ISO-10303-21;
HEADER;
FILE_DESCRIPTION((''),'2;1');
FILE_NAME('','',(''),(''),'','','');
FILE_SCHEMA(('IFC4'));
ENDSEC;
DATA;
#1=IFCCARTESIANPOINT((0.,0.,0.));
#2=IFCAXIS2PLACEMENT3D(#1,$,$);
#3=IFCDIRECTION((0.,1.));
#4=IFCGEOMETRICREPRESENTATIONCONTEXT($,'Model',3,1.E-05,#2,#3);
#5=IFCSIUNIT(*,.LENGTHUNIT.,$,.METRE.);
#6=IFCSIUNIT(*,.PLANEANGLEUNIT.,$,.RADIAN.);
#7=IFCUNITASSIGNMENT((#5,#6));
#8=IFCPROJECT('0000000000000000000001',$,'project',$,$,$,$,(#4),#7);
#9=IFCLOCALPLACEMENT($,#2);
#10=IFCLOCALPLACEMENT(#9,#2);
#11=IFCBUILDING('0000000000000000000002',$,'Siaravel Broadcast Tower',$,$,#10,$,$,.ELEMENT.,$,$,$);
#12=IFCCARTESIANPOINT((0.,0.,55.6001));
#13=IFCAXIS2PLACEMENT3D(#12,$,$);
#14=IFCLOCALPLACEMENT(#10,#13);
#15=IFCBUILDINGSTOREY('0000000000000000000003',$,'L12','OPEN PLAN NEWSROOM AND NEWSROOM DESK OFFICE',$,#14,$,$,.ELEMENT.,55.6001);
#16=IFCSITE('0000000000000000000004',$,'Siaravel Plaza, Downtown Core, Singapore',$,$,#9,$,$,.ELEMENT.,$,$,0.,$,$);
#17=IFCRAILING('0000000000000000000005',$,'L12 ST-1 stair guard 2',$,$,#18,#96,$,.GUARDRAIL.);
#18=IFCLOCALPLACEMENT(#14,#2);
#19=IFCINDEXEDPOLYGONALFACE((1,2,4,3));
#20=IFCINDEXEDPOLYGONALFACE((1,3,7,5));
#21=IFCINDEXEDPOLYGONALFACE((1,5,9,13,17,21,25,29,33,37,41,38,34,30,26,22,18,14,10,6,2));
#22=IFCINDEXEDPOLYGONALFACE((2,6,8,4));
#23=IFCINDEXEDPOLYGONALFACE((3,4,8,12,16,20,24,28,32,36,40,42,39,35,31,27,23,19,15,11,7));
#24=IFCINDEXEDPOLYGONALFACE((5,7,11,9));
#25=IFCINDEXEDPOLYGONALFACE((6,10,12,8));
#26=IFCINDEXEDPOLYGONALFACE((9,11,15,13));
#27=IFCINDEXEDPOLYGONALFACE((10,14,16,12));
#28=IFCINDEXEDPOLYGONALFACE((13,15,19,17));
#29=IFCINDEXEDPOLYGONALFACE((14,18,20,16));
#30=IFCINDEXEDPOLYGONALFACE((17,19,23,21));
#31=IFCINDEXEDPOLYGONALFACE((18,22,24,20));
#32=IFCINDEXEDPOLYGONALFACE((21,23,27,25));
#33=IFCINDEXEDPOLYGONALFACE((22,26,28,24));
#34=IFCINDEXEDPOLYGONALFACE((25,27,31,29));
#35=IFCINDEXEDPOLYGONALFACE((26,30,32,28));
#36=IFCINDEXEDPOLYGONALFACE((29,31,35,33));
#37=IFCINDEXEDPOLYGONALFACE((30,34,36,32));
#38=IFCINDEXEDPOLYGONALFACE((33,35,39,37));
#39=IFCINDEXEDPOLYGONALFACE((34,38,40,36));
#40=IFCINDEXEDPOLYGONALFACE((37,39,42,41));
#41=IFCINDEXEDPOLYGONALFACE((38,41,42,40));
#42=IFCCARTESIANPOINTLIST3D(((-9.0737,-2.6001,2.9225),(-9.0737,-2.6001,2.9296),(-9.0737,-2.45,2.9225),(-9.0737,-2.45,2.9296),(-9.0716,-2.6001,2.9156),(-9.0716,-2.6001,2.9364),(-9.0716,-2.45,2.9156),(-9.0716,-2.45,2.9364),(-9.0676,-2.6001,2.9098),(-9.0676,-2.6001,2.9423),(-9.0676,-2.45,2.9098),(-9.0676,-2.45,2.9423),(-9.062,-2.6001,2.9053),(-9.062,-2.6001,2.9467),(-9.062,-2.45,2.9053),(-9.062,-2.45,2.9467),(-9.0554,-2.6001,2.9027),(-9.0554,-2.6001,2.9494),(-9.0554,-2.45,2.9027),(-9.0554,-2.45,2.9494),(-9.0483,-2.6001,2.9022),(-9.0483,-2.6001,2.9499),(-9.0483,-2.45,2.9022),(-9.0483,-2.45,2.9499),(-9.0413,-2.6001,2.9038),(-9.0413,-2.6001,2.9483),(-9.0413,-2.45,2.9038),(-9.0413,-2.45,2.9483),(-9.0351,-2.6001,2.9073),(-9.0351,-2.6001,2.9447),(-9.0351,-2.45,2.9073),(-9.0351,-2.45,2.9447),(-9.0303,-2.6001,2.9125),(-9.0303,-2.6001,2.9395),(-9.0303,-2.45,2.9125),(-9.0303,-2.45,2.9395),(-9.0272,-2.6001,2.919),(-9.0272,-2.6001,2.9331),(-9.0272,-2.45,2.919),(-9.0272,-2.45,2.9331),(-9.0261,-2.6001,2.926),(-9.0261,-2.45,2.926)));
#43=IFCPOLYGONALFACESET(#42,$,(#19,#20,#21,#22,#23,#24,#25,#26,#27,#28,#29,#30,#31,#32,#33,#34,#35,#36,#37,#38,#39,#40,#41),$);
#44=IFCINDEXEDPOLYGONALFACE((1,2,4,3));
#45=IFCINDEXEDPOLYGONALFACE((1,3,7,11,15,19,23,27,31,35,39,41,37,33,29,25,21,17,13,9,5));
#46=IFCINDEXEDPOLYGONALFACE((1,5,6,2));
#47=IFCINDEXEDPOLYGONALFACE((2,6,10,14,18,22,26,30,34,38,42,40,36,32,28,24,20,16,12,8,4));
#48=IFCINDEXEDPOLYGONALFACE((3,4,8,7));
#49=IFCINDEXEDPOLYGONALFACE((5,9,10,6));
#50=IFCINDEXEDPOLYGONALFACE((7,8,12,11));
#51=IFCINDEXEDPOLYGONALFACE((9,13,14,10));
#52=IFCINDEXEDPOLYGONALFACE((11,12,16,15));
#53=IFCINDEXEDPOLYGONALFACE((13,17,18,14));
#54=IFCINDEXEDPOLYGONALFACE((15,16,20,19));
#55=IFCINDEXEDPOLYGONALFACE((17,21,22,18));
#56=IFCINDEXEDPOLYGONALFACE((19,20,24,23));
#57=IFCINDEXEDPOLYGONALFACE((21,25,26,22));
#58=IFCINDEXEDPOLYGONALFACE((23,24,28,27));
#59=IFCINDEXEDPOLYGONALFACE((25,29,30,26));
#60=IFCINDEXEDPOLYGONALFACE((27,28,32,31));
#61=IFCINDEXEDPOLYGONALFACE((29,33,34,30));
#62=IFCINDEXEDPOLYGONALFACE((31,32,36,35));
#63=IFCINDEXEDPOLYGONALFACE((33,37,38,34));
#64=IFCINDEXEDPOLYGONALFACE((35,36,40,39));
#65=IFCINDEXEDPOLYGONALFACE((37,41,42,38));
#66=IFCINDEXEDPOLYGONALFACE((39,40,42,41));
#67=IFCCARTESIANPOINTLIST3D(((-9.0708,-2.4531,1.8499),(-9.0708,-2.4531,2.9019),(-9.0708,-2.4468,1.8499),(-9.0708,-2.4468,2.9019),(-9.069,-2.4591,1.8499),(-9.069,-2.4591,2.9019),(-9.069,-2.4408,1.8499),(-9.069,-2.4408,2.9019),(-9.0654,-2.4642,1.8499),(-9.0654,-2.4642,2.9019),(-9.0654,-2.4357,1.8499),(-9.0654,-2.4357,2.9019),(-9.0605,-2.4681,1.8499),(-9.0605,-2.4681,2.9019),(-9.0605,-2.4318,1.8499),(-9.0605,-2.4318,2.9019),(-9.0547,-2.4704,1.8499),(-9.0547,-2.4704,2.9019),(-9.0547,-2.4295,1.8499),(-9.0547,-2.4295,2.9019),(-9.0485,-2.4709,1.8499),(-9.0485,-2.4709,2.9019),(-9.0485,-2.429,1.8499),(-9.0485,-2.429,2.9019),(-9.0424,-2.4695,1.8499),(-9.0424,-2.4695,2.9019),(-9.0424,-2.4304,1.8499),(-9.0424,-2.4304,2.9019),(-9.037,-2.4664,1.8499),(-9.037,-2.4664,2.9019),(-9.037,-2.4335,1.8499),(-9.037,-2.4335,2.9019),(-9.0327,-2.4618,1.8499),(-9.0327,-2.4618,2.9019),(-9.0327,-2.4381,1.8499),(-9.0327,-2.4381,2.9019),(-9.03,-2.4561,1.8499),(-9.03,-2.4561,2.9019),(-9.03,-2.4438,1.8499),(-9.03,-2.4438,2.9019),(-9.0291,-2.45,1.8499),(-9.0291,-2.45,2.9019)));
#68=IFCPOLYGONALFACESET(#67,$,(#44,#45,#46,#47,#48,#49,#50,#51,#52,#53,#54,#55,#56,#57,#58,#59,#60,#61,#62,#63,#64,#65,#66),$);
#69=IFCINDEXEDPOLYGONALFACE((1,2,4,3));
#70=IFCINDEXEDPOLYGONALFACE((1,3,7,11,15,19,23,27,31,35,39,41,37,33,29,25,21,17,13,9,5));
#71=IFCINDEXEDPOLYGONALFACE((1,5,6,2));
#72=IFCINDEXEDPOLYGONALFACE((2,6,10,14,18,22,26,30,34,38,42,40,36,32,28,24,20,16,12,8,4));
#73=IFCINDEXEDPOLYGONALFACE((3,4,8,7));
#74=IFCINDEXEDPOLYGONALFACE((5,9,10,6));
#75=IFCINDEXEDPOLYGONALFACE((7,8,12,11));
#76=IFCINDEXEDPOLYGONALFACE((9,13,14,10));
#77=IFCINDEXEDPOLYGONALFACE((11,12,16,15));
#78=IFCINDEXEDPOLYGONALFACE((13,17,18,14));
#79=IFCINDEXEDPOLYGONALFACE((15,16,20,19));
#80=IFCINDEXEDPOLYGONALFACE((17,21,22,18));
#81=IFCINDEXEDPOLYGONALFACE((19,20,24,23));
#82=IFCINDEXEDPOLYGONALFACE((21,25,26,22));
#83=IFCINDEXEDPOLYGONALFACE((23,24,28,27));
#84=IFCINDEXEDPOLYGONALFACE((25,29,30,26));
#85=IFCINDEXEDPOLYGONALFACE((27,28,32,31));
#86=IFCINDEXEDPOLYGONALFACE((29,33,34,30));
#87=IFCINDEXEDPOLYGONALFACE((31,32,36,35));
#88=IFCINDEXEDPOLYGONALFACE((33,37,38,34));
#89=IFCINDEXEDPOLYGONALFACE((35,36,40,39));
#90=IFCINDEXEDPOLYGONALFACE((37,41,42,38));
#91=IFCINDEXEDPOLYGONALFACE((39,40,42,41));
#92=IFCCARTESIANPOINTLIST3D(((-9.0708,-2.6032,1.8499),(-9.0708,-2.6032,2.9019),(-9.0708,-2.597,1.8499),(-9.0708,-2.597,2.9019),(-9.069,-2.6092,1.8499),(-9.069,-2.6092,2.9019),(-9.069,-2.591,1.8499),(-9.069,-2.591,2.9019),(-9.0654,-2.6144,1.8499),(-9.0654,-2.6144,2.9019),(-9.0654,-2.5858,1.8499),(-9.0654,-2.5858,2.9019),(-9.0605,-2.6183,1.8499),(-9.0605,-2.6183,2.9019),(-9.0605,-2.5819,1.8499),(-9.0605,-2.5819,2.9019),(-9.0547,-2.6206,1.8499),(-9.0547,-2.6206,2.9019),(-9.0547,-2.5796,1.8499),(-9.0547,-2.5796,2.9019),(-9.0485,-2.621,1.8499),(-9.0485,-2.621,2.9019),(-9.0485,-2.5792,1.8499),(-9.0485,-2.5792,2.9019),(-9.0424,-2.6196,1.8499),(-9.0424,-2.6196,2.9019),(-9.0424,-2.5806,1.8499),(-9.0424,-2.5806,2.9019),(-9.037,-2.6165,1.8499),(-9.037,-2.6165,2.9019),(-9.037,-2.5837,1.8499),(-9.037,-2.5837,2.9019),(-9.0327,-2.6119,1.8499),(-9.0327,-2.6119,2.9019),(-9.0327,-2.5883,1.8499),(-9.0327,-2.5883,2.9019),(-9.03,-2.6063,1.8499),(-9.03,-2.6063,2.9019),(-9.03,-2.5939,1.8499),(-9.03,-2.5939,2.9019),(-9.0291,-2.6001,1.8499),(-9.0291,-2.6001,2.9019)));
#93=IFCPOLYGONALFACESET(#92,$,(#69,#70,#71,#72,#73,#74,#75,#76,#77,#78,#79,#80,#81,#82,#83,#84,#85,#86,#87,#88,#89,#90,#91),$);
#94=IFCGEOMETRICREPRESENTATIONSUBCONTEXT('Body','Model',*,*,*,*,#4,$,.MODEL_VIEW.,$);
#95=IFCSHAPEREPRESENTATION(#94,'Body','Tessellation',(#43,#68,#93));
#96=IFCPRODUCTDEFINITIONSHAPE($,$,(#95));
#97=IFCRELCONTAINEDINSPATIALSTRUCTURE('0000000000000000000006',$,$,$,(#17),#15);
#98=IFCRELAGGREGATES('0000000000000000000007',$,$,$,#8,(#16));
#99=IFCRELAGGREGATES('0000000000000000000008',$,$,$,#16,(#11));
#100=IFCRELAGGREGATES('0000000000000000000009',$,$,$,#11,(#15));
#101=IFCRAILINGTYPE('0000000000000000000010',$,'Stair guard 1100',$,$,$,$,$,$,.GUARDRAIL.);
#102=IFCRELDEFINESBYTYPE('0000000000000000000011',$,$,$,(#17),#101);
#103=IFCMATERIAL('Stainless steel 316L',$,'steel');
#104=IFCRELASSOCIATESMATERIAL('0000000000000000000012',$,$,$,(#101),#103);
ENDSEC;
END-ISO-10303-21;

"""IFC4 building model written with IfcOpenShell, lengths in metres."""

from ifc_helpers import new_model, si_unit, direction, frame, origin, origin_2d, place, context, subcontext, project, spatial, circle, extrude, material, type_object, element, save


model = new_model("IFC4")

# Units and contexts
model_context = context("Model", 3, precision=1e-05, world=origin(), true_north=direction((0.0, 1.0)))
body_context = subcontext(model_context, "Body", "Model", "MODEL_VIEW")
ifc_project = project(units=[si_unit("LENGTHUNIT", "METRE"), si_unit("PLANEANGLEUNIT", "RADIAN")], contexts=[model_context])

# Site, building, storey
site_placement = place(None, origin())
site = spatial("IfcSite", under=ifc_project, at=site_placement, Name="Siaravel Plaza, Downtown Core, Singapore", CompositionType="ELEMENT", RefElevation=0.0)
building_placement = place(site_placement, origin())
building = spatial("IfcBuilding", under=site, at=building_placement, Name="Siaravel Broadcast Tower", CompositionType="ELEMENT")
storey_placement = place(building_placement, frame((0.0, 0.0, 55.6001)))
storey = spatial("IfcBuildingStorey", under=building, at=storey_placement, Name="L12", Description="OPEN PLAN NEWSROOM AND NEWSROOM DESK OFFICE", CompositionType="ELEMENT", Elevation=55.6001)

# Railing
ifc_material_1 = material(Name="Stainless steel 316L", Category="steel")
railing_type_1 = type_object("IfcRailingType", Name="Stair guard 1100", PredefinedType="GUARDRAIL", material=ifc_material_1)
railing_1_placement = place(storey_placement, frame((-9.05, -2.45, 1.8499)))
element("IfcRailing", 1, at=railing_1_placement, inside=storey, type_object=railing_type_1, Name="L12 ST-1 stair guard 2", PredefinedType="GUARDRAIL", context=body_context, shape_type="SweptSolid", body=[
    extrude(circle(Radius=0.0239, at=origin_2d()), frame((0.0, 0.0, 1.0762), z_axis=(0.0, -1.0, 0.0), x_axis=(1.0, 0.0, 0.0)), (0.0, 0.0, 1.0), 0.1501),
    extrude(circle(Radius=0.021, at=origin_2d()), origin(), (0.0, 0.0, 1.0), 1.052),
    extrude(circle(Radius=0.021, at=origin_2d()), frame((0.0, -0.1501, 0.0)), (0.0, 0.0, 1.0), 1.052),
])

save(model, "model.ifc")
